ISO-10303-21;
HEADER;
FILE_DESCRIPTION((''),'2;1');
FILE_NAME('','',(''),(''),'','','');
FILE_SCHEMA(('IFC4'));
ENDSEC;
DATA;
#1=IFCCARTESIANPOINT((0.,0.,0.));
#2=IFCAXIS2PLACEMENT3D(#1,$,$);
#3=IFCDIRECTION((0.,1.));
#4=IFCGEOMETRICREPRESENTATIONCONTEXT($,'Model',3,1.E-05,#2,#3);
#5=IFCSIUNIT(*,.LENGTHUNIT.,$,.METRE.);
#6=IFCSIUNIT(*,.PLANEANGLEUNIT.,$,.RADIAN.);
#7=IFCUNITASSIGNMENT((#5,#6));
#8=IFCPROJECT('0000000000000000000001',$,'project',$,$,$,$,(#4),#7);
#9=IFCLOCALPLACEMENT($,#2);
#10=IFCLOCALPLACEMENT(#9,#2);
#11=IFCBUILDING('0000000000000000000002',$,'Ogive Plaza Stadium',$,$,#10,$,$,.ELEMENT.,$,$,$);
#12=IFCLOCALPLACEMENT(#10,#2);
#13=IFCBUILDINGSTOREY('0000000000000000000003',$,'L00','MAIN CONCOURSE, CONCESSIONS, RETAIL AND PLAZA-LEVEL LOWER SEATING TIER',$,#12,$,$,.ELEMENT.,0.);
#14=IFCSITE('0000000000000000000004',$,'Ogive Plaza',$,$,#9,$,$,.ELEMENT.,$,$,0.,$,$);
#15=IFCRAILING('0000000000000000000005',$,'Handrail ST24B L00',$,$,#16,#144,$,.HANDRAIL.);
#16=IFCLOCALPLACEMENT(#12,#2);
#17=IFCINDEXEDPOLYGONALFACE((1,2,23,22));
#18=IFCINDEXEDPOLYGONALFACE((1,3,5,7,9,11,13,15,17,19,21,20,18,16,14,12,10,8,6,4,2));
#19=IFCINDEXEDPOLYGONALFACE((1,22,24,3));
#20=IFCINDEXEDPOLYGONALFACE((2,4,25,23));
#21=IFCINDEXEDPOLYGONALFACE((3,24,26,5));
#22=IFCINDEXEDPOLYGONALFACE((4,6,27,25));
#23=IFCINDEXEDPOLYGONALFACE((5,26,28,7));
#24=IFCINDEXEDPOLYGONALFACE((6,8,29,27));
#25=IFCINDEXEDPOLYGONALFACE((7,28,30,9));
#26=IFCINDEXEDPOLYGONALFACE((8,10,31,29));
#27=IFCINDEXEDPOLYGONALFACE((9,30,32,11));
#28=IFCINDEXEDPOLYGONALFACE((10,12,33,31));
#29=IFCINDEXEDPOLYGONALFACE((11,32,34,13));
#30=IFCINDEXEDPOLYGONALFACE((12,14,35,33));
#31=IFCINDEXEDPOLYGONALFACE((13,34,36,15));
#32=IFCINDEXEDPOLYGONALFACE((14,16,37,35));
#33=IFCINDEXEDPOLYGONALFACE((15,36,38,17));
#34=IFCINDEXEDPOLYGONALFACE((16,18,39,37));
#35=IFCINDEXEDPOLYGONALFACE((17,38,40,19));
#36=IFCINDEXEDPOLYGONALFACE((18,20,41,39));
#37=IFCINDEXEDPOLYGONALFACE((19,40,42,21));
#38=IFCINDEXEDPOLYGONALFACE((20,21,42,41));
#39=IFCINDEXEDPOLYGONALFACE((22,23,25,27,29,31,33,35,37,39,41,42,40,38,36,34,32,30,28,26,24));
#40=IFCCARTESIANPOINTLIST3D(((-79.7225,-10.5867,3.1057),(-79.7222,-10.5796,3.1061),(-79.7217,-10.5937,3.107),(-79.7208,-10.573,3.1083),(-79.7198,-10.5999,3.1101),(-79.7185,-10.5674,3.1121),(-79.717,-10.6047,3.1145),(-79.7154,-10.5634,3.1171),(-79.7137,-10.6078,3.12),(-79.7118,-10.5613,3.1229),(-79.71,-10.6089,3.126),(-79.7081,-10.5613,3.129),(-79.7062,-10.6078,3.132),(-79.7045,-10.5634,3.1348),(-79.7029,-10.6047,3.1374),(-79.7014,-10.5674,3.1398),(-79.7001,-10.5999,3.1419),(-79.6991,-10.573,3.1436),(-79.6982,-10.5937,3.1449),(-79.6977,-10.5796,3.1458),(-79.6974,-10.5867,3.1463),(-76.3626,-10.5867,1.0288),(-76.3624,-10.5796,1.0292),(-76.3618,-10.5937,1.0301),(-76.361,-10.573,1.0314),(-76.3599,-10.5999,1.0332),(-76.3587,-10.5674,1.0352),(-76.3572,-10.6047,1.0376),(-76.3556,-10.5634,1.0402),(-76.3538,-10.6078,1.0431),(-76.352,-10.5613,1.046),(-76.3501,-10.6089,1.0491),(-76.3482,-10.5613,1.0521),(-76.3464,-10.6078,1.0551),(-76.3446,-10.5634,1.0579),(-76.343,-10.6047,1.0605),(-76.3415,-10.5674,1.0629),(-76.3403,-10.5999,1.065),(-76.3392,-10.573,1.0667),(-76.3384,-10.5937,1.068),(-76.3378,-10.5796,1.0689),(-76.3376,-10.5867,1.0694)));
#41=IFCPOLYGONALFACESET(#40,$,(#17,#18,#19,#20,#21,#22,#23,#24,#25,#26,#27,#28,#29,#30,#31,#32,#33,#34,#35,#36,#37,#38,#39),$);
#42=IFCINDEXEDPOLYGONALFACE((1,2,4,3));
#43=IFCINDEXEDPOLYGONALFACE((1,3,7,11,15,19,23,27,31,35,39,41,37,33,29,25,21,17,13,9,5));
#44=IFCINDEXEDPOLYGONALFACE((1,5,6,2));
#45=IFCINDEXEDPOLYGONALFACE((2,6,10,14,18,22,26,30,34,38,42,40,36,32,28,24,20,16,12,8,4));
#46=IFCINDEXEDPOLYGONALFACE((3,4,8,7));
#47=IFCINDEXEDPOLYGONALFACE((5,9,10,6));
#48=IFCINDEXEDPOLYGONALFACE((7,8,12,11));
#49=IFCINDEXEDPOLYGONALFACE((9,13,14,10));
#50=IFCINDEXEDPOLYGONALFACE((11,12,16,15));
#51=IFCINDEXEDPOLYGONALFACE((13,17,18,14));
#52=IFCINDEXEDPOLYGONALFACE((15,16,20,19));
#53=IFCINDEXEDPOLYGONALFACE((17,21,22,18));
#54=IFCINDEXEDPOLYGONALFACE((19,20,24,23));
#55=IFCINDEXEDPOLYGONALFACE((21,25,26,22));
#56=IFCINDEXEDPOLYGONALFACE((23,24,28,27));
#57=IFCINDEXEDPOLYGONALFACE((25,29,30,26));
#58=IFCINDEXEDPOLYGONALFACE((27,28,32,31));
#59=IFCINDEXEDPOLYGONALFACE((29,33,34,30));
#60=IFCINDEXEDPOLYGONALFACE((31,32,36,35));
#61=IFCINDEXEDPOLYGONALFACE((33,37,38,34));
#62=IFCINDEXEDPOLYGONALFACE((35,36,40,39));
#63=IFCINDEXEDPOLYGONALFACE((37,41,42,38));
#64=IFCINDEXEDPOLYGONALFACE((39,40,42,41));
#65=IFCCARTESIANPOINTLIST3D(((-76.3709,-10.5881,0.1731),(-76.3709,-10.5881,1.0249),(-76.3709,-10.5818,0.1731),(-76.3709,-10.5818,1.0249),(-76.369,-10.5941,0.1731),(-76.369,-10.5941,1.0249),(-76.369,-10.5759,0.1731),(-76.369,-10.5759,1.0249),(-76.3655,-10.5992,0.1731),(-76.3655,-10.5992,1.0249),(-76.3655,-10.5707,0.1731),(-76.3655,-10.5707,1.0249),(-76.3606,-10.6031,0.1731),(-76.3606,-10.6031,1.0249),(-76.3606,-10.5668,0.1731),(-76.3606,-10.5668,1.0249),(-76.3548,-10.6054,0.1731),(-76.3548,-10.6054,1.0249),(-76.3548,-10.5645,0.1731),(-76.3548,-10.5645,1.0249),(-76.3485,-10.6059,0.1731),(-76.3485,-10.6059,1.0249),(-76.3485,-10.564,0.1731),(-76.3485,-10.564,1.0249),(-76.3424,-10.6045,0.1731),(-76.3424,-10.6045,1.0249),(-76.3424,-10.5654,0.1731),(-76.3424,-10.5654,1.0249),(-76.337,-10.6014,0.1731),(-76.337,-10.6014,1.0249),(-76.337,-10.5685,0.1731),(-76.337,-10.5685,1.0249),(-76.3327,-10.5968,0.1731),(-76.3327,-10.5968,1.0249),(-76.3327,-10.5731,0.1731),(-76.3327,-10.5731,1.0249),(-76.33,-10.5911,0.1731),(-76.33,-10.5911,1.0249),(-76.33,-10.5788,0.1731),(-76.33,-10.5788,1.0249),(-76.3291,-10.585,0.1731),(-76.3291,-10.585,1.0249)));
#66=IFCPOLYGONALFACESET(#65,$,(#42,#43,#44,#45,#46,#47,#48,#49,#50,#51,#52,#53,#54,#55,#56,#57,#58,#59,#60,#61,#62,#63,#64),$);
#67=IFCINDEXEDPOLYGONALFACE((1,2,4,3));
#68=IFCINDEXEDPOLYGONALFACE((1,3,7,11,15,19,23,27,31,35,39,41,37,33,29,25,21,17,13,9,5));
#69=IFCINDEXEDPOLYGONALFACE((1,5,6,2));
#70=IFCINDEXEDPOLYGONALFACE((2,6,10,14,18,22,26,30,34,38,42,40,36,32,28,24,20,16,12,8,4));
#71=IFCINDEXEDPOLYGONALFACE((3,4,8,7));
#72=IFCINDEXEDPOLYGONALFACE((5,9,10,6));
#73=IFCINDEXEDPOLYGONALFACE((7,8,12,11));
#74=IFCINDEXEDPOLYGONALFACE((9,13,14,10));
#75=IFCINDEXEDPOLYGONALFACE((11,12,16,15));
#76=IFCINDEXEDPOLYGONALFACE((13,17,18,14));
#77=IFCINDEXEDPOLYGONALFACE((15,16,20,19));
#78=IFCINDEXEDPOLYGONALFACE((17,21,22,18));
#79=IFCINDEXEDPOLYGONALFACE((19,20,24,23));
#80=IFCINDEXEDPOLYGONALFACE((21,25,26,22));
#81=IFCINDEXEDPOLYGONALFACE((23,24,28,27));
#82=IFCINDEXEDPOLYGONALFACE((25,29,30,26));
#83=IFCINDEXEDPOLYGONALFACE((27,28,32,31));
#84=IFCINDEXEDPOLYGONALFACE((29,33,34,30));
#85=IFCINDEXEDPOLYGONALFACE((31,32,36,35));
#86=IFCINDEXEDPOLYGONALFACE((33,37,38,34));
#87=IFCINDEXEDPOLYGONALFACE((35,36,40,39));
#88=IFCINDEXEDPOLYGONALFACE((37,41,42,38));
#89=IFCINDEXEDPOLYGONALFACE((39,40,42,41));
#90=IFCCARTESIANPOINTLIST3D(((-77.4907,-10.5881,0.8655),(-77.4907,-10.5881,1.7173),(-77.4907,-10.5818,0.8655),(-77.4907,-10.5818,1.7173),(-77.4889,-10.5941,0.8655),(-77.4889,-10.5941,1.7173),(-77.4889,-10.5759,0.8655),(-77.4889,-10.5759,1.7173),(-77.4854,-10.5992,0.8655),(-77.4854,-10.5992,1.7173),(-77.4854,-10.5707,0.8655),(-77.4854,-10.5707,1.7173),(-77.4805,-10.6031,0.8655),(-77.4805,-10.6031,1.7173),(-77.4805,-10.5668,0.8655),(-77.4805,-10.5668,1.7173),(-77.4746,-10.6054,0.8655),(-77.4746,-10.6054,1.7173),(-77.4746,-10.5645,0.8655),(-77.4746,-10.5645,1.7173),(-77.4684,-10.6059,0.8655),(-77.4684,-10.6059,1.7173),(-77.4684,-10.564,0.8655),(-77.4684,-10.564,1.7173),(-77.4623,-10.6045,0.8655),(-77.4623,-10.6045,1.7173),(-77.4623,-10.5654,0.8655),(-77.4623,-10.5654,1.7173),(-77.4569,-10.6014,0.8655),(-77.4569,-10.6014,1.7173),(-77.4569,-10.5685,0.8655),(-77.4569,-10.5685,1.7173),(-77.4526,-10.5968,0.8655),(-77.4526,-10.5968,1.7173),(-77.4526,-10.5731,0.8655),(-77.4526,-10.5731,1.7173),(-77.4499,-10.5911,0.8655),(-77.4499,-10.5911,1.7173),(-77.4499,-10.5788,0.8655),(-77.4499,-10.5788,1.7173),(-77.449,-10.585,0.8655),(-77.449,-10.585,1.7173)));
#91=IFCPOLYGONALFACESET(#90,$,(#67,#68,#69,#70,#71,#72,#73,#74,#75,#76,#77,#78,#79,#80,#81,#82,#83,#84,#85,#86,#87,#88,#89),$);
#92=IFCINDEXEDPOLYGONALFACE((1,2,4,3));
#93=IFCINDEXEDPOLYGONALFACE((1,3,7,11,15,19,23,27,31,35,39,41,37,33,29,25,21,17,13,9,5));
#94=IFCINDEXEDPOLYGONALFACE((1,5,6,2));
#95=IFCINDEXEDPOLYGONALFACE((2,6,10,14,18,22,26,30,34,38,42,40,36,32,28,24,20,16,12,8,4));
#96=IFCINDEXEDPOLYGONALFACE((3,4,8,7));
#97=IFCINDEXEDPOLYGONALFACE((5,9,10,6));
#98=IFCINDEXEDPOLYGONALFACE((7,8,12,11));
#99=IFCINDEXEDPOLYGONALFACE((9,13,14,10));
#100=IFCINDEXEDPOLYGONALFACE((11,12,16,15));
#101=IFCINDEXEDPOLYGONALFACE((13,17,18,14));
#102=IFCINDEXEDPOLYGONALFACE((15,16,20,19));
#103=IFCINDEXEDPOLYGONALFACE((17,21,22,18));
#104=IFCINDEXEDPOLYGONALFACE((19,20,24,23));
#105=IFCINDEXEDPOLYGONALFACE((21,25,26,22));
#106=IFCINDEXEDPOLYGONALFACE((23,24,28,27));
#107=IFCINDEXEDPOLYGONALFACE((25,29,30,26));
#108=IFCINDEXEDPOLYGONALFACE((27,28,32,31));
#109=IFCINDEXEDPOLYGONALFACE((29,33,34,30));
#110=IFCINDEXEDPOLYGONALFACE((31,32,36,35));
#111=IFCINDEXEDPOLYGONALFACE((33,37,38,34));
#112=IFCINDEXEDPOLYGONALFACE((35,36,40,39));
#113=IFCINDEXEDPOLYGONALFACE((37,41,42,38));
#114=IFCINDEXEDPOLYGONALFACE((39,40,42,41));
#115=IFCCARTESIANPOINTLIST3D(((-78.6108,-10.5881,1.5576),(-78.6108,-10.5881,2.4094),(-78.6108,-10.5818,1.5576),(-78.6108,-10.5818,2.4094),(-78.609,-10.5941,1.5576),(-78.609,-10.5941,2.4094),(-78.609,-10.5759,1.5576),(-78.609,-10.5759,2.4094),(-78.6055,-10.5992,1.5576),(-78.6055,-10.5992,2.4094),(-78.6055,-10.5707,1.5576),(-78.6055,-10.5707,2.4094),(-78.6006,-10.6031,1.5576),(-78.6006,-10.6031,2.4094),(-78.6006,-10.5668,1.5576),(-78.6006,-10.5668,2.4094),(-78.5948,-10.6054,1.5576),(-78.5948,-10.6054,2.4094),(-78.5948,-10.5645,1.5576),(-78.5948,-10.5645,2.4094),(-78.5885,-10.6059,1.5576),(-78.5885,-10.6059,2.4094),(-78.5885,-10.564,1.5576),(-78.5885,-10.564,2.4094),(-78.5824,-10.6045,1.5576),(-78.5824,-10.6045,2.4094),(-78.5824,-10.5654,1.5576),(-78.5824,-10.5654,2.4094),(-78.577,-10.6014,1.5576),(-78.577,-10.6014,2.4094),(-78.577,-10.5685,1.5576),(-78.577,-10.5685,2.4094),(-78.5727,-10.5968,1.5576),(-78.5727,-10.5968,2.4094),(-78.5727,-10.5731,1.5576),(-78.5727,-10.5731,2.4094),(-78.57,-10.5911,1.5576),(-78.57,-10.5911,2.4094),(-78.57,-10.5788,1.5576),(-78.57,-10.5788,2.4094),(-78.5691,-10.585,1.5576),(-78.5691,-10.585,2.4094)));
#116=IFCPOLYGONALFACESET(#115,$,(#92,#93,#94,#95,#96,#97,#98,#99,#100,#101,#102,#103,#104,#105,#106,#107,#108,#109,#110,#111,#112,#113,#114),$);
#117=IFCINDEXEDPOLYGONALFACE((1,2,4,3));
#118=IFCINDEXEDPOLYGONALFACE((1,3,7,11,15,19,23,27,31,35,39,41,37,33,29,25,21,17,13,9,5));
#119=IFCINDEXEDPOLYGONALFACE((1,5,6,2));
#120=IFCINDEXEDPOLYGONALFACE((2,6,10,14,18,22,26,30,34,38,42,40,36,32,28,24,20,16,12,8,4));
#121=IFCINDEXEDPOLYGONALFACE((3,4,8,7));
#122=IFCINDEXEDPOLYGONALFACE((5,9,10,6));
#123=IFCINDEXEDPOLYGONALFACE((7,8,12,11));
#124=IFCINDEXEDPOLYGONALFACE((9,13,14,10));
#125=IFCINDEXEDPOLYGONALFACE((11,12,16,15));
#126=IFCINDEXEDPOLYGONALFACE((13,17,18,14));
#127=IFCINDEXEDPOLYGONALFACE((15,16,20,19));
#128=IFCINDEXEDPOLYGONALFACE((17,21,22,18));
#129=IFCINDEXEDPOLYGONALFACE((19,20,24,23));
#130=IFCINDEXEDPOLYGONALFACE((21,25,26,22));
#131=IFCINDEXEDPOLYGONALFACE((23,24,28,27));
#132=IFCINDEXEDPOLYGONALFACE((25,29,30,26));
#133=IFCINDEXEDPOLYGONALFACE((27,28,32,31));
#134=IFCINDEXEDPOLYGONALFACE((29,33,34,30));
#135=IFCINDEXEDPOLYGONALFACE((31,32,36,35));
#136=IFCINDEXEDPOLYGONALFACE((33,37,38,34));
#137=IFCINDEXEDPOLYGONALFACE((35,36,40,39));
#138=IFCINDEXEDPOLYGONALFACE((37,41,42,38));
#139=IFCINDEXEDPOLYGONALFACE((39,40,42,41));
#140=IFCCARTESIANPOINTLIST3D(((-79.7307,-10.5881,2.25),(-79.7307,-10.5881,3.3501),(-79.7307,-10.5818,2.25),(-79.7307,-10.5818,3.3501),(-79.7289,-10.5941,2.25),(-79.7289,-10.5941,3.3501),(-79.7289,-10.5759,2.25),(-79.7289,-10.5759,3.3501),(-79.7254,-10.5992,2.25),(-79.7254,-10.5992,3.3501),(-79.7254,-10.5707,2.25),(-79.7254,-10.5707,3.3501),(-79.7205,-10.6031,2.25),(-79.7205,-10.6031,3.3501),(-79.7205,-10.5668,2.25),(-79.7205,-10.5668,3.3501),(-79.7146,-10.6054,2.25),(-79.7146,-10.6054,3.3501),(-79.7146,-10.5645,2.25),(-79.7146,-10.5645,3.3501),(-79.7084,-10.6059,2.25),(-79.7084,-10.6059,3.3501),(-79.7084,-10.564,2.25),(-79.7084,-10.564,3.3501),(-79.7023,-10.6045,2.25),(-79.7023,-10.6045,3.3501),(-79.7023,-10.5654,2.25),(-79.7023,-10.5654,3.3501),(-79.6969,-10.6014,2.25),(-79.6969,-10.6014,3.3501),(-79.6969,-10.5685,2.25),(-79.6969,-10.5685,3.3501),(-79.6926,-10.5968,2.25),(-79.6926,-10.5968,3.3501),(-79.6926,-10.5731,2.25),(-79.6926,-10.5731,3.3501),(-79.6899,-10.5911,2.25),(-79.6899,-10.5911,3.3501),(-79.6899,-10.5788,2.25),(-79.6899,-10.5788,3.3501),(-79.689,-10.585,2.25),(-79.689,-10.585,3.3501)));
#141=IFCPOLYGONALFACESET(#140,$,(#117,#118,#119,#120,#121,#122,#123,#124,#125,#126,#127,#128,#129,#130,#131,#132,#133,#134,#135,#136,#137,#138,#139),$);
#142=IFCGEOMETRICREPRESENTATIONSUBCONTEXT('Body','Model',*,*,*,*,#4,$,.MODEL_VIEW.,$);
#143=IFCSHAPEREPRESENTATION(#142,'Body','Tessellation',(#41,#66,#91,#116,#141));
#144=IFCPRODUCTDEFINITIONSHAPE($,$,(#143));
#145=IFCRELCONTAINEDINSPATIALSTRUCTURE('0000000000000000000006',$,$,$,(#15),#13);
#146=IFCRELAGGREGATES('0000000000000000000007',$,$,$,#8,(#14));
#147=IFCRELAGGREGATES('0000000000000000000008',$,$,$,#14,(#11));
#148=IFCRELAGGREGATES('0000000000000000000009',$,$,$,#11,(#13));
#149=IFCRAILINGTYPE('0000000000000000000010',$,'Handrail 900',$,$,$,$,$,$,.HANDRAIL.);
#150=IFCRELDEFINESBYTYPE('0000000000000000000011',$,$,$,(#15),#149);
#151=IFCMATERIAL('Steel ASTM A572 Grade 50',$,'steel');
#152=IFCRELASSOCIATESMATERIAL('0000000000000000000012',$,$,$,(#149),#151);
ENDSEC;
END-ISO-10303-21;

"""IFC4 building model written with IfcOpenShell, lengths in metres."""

from ifc_helpers import new_model, si_unit, direction, frame, origin, origin_2d, place, context, subcontext, project, spatial, circle, extrude, material, type_object, element, save


model = new_model("IFC4")

# Units and contexts
model_context = context("Model", 3, precision=1e-05, world=origin(), true_north=direction((0.0, 1.0)))
body_context = subcontext(model_context, "Body", "Model", "MODEL_VIEW")
ifc_project = project(units=[si_unit("LENGTHUNIT", "METRE"), si_unit("PLANEANGLEUNIT", "RADIAN")], contexts=[model_context])

# Site, building, storey
site_placement = place(None, origin())
site = spatial("IfcSite", under=ifc_project, at=site_placement, Name="Ogive Plaza", CompositionType="ELEMENT", RefElevation=0.0)
building_placement = place(site_placement, origin())
building = spatial("IfcBuilding", under=site, at=building_placement, Name="Ogive Plaza Stadium", CompositionType="ELEMENT")
storey_placement = place(building_placement, origin())
storey = spatial("IfcBuildingStorey", under=building, at=storey_placement, Name="L00", Description="MAIN CONCOURSE, CONCESSIONS, RETAIL AND PLAZA-LEVEL LOWER SEATING TIER", CompositionType="ELEMENT", Elevation=0.0)

# Railing
ifc_material_1 = material(Name="Steel ASTM A572 Grade 50", Category="steel")
railing_type_1 = type_object("IfcRailingType", Name="Handrail 900", PredefinedType="HANDRAIL", material=ifc_material_1)
for number, where, name in (
    (1, (-76.3501, -10.585, 0.1731), "Handrail ST24B L00"),
):
    element("IfcRailing", number, at=place(storey_placement, frame(where)), inside=storey, type_object=railing_type_1, Name=name, PredefinedType="HANDRAIL", context=body_context, shape_type="SweptSolid", body=[
        extrude(circle(Radius=0.0239, at=origin_2d()), frame((0.0, 0.0, 0.876), z_axis=(-0.850606, 0.0, 0.525803), x_axis=(0.0, -1.0, 0.0)), (0.0, 0.0, 1.0), 3.95),
        extrude(circle(Radius=0.021, at=origin_2d()), origin(), (0.0, 0.0, 1.0), 0.8518),
        extrude(circle(Radius=0.021, at=origin_2d()), frame((-1.1199, 0.0, 0.6924)), (0.0, 0.0, 1.0), 0.8518),
        extrude(circle(Radius=0.021, at=origin_2d()), frame((-2.24, 0.0, 1.3845)), (0.0, 0.0, 1.0), 0.8518),
        extrude(circle(Radius=0.021, at=origin_2d()), frame((-3.3599, 0.0, 2.0769)), (0.0, 0.0, 1.0), 1.1001),
    ])

save(model, "model.ifc")
